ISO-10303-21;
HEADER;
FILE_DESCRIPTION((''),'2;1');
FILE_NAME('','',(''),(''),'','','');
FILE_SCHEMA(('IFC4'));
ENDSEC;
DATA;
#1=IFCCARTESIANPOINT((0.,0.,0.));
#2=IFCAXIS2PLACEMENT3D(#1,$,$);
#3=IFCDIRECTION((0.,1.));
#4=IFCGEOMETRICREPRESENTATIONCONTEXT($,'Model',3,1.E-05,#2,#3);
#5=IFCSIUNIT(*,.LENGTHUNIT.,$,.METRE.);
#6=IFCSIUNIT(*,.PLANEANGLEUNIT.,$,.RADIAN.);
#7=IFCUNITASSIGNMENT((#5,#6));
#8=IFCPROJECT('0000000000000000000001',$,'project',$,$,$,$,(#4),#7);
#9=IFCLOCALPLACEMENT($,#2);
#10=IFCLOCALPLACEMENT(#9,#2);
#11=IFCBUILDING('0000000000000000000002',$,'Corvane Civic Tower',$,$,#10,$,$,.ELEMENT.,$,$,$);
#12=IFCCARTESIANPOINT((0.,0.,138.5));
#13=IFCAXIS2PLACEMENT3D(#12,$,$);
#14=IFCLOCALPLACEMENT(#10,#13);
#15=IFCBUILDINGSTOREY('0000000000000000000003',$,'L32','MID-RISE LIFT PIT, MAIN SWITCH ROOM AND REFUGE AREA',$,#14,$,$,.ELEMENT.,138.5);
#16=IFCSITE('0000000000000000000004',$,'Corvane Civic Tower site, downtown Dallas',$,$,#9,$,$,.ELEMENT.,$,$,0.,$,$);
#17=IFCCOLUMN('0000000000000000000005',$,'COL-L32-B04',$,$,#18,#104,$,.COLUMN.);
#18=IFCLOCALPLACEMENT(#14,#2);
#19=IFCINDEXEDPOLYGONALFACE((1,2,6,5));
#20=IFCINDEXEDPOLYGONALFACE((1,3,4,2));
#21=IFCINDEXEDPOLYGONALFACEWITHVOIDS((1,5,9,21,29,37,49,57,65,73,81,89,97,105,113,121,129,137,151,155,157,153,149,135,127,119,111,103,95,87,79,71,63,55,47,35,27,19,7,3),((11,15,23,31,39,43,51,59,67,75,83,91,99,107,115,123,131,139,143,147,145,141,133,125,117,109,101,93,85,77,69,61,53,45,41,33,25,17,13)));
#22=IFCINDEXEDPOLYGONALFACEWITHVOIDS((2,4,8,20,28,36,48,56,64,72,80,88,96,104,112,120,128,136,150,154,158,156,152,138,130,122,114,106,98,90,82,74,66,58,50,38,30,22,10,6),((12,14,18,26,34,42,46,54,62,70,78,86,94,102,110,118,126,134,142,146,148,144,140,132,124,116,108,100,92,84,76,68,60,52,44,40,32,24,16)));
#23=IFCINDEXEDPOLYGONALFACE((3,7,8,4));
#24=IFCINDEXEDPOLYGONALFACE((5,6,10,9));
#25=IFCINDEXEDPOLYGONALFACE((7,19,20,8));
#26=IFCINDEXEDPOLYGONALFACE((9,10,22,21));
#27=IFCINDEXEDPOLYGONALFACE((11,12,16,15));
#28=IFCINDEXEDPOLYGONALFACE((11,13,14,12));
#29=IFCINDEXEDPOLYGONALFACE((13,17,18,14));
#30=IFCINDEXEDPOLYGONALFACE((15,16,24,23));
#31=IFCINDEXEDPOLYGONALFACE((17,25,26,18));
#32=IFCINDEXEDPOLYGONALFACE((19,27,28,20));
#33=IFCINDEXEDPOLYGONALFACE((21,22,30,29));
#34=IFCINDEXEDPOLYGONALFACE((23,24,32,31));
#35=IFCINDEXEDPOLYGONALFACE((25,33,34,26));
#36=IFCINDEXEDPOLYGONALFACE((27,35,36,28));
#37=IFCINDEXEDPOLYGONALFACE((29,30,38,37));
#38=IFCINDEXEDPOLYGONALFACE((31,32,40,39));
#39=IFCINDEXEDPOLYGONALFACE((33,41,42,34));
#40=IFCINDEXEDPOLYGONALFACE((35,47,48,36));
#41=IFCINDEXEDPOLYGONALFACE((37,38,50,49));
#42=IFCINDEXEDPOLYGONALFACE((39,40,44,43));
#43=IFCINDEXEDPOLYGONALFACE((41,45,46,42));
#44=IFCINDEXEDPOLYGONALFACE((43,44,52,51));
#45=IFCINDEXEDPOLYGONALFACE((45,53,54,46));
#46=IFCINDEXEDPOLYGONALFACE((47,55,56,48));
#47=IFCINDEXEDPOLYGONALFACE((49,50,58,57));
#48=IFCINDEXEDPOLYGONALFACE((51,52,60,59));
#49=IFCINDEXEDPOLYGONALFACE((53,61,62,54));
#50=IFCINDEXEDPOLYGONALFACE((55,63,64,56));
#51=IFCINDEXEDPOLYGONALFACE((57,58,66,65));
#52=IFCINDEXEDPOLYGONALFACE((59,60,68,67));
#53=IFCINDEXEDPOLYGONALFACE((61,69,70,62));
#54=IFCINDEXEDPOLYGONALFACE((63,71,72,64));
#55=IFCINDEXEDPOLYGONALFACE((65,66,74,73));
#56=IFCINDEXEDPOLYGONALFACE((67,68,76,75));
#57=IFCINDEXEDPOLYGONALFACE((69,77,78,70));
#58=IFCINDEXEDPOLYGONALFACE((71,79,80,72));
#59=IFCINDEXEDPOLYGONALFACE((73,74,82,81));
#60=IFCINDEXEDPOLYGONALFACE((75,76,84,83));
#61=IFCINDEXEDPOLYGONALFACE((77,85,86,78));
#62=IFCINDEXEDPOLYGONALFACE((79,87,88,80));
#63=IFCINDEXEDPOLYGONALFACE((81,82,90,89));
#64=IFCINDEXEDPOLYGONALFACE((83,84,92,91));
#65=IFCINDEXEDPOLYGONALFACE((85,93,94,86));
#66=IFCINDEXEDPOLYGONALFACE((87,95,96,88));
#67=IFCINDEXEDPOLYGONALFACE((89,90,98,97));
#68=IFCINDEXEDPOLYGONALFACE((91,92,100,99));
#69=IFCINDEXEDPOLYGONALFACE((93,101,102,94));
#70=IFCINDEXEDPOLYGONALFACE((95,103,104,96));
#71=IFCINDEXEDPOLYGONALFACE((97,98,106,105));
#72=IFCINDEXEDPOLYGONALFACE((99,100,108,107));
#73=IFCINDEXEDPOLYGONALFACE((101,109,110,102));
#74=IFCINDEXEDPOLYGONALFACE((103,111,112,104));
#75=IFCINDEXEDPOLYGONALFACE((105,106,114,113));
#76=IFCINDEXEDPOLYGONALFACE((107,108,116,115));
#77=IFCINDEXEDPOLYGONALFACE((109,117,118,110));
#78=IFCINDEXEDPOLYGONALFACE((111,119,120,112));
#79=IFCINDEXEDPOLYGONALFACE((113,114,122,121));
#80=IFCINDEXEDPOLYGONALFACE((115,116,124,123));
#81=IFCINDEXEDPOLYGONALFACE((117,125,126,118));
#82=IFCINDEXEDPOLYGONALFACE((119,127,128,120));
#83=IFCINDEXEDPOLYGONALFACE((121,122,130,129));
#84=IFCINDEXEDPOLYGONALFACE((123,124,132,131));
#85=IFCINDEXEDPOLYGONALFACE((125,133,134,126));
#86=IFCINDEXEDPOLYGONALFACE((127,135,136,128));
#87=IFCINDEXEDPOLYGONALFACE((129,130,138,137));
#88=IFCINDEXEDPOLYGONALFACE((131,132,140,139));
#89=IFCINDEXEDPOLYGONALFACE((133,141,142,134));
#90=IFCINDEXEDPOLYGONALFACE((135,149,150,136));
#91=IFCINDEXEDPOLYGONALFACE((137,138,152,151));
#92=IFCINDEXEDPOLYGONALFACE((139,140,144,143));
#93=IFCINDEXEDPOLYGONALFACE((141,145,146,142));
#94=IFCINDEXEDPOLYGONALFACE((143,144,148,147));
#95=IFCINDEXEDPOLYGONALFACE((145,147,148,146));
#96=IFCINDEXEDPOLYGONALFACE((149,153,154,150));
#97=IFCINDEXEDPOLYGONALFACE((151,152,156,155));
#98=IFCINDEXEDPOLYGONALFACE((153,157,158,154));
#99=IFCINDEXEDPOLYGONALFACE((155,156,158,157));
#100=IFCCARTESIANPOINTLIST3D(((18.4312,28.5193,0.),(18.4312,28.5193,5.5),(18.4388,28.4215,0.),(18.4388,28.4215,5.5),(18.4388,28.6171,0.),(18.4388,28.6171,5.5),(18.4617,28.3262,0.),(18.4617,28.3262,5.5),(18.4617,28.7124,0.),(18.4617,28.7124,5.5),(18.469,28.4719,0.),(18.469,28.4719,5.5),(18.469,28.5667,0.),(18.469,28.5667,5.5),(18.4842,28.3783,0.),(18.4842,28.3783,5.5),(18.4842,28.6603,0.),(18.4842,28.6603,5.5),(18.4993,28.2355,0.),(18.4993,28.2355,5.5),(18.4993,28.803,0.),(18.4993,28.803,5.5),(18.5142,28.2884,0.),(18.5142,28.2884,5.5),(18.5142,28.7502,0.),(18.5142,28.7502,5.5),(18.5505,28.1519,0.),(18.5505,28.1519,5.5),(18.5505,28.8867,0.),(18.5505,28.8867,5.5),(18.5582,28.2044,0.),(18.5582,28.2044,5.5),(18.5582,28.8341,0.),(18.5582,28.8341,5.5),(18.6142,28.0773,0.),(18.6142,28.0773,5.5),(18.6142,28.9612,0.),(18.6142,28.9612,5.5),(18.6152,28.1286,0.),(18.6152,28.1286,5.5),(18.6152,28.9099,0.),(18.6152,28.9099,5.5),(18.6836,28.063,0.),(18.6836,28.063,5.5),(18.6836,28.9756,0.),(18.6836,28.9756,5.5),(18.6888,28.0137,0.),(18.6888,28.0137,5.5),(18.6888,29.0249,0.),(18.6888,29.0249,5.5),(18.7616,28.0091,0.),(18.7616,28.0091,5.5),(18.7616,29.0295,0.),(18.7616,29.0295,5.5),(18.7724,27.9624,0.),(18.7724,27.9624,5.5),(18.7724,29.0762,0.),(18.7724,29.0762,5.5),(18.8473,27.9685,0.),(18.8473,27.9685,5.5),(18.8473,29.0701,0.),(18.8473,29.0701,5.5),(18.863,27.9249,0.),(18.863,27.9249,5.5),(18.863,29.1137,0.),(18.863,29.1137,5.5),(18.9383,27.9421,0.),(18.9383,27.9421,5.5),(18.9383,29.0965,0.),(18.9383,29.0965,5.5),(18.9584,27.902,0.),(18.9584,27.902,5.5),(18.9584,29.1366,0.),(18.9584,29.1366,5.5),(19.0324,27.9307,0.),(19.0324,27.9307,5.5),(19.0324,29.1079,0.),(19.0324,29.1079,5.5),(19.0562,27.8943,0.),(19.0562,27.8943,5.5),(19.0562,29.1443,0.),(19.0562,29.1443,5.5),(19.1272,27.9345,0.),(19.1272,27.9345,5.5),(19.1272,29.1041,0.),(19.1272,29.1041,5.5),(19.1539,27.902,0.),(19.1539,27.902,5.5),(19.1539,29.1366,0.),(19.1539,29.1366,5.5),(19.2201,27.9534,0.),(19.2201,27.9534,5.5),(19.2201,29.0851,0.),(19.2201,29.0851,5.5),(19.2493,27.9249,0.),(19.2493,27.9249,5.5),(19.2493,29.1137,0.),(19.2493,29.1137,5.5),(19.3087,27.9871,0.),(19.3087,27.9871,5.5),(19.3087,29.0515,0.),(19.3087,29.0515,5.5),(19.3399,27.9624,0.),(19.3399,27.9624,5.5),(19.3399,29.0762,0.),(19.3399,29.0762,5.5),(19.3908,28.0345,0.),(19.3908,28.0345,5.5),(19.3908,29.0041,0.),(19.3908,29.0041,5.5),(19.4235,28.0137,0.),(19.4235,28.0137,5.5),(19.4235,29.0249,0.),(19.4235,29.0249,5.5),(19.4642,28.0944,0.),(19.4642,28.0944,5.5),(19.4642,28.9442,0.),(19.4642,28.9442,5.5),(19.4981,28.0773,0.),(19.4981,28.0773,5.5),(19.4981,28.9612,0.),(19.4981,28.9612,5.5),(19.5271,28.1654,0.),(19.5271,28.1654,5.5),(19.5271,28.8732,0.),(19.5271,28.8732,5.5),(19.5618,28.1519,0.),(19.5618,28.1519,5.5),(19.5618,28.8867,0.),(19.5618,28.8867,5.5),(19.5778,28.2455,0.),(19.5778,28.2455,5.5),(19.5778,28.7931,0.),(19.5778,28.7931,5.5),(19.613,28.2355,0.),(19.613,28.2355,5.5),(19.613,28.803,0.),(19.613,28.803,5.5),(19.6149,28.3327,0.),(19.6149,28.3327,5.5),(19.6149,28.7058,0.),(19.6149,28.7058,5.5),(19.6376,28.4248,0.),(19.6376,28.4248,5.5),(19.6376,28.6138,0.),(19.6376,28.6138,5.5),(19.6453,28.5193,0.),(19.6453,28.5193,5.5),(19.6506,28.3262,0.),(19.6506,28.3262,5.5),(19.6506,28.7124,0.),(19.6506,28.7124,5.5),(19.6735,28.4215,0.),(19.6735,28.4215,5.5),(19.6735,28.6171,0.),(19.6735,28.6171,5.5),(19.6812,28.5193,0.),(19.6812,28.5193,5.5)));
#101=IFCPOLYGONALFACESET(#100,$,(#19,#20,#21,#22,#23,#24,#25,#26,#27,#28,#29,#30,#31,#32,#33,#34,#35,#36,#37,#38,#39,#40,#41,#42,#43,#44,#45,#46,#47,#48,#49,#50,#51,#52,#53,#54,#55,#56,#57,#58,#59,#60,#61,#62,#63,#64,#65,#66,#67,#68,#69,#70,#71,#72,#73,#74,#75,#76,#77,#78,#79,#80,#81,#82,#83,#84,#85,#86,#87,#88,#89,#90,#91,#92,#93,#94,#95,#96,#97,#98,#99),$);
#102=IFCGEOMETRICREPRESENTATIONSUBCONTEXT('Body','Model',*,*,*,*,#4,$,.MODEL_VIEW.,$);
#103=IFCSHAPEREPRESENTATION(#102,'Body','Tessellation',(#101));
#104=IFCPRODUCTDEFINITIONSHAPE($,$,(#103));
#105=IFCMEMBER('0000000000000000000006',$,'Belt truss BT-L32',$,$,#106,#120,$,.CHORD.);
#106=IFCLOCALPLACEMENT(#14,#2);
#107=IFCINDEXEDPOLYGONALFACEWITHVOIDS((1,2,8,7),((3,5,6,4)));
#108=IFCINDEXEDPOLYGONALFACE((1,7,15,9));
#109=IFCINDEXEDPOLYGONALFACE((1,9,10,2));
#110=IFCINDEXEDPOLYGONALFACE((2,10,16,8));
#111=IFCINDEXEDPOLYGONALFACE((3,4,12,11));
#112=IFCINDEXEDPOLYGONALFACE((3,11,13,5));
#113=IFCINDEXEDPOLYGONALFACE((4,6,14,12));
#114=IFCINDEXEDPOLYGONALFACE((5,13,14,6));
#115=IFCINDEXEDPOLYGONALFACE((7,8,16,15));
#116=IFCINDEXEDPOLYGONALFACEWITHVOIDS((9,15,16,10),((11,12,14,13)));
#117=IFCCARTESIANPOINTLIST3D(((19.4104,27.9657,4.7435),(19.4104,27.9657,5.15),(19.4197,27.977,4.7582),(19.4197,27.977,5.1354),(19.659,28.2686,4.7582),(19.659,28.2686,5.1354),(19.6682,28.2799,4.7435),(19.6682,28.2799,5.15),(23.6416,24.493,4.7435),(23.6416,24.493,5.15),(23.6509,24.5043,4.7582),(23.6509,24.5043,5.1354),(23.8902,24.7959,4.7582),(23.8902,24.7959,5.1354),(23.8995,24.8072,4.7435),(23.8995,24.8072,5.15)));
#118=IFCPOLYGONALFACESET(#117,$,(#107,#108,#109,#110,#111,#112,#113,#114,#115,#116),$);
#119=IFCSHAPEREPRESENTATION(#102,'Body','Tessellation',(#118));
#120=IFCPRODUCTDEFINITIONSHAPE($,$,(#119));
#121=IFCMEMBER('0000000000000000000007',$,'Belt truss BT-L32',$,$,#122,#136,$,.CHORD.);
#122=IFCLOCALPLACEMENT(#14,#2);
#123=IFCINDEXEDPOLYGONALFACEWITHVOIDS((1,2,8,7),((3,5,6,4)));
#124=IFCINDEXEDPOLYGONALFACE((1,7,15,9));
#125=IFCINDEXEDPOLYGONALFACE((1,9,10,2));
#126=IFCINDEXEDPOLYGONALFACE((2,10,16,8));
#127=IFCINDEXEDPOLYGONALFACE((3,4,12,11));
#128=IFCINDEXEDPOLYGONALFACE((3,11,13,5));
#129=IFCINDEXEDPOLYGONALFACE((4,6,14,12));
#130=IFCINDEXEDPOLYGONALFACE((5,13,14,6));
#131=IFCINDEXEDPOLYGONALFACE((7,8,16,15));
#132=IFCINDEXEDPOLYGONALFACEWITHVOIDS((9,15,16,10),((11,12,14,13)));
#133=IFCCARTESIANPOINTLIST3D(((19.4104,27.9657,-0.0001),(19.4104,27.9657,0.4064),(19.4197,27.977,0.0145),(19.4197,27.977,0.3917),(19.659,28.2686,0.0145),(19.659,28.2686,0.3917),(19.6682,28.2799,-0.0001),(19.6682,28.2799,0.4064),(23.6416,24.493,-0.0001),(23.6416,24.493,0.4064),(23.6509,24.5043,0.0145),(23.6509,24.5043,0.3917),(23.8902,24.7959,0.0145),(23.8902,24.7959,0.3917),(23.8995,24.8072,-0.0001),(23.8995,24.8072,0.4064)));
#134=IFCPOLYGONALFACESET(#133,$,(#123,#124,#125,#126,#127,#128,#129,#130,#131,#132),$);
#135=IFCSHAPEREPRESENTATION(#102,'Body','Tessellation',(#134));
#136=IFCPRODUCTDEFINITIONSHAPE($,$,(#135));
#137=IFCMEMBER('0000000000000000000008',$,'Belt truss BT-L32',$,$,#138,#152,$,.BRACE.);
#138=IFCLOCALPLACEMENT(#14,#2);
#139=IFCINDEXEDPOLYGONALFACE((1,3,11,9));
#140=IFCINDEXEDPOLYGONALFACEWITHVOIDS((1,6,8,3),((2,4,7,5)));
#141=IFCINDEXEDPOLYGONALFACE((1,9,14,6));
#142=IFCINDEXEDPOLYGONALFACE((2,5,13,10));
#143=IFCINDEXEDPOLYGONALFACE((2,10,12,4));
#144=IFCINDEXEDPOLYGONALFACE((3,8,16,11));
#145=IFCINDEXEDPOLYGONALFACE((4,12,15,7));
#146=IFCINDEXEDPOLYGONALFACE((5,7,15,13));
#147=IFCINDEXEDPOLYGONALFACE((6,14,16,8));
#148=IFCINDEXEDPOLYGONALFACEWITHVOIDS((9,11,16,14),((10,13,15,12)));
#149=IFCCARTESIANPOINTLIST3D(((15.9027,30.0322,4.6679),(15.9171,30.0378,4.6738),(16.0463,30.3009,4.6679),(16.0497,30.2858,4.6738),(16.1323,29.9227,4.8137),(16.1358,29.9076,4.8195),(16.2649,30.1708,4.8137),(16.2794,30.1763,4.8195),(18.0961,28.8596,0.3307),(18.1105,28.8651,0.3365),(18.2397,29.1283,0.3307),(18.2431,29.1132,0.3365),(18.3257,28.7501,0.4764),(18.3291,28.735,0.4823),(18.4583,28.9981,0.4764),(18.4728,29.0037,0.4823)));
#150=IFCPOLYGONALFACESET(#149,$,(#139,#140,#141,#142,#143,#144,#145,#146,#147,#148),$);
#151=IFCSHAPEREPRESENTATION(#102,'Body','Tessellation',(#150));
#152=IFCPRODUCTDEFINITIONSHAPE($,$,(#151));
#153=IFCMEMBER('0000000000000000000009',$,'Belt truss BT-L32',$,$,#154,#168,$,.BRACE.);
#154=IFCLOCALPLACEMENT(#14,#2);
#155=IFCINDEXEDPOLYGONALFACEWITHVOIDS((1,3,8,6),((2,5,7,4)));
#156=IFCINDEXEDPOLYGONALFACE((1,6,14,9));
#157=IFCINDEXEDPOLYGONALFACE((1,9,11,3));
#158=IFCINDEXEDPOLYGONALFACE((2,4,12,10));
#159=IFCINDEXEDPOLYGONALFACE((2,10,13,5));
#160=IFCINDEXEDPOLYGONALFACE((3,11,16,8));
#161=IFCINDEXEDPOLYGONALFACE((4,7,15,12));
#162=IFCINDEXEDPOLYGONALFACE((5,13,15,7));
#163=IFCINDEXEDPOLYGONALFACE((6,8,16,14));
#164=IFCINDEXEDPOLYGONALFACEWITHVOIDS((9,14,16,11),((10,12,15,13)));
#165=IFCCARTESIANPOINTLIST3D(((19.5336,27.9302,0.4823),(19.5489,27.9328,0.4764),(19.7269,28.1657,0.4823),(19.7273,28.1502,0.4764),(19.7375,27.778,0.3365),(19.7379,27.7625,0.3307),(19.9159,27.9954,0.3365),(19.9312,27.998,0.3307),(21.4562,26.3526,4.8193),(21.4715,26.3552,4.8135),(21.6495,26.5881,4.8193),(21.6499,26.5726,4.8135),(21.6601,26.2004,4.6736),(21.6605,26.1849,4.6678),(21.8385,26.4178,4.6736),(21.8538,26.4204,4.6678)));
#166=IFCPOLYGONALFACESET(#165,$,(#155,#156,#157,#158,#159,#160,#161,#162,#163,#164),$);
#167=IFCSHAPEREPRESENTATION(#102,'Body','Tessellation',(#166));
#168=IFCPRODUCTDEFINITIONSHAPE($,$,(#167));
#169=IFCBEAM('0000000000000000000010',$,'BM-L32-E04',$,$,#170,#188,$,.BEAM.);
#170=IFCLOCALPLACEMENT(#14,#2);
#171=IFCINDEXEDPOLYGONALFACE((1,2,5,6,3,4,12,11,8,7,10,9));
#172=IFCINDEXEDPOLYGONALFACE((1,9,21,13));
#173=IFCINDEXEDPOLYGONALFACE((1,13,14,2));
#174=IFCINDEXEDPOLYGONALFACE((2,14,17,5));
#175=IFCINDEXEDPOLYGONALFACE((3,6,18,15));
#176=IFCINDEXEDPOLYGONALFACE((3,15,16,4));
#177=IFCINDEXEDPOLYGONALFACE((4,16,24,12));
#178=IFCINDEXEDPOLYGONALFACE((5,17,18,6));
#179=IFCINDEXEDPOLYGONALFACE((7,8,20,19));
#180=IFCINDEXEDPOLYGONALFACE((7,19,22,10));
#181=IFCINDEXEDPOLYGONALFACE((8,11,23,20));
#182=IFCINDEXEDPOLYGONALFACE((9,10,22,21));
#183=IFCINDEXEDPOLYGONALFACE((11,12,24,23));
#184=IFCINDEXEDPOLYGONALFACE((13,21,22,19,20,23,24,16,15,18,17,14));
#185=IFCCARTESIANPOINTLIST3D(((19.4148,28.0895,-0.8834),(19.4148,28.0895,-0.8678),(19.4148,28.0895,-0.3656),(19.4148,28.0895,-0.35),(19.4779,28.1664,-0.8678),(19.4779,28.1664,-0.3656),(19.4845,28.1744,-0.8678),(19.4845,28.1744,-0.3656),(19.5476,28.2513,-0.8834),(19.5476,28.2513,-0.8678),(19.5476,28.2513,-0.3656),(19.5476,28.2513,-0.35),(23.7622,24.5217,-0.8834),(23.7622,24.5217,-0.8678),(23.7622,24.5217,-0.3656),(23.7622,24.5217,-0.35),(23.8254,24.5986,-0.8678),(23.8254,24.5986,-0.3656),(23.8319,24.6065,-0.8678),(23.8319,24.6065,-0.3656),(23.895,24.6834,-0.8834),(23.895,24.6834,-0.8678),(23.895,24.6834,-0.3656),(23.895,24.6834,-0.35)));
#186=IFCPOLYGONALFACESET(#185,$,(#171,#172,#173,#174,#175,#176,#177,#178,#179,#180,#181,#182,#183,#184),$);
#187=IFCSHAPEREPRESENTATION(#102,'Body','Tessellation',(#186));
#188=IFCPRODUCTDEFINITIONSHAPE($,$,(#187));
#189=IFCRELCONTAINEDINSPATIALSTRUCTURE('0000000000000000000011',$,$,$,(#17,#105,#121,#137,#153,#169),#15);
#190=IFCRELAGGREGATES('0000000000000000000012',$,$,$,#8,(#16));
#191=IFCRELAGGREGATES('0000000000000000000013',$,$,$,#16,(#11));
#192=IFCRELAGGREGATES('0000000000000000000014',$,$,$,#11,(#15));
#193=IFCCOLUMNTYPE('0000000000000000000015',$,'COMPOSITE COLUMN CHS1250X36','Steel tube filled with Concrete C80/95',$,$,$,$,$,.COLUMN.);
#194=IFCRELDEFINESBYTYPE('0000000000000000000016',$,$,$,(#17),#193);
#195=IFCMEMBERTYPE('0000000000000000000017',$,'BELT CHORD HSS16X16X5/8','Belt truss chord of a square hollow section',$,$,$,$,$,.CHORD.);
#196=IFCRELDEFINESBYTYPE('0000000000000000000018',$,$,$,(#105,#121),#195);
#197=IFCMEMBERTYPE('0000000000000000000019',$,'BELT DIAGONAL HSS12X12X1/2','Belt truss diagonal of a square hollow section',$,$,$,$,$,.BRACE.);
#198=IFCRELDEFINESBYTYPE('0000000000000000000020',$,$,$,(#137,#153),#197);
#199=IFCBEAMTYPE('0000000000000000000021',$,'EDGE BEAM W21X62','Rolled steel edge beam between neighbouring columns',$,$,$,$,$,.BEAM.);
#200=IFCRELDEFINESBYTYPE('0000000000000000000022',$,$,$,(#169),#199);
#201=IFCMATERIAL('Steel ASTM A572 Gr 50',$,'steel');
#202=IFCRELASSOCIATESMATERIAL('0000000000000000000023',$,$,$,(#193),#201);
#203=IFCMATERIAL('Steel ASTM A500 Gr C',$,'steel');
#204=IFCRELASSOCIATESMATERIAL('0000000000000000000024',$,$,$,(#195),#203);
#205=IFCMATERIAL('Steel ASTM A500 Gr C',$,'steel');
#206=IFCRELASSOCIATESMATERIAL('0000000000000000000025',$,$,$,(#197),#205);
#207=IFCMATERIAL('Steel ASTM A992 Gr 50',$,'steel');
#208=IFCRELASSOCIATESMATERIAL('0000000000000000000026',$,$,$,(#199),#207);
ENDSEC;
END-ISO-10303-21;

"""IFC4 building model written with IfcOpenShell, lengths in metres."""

from ifc_helpers import new_model, si_unit, direction, frame, origin, origin_2d, place, context, subcontext, project, spatial, hollow_rectangle, hollow_circle, i_section, extrude, material, material_profile, profile_set, type_object, element, save


model = new_model("IFC4")

# Units and contexts
model_context = context("Model", 3, precision=1e-05, world=origin(), true_north=direction((0.0, 1.0)))
body_context = subcontext(model_context, "Body", "Model", "MODEL_VIEW")
ifc_project = project(units=[si_unit("LENGTHUNIT", "METRE"), si_unit("PLANEANGLEUNIT", "RADIAN")], contexts=[model_context])

# Site, building, storey
site_placement = place(None, origin())
site = spatial("IfcSite", under=ifc_project, at=site_placement, Name="Corvane Civic Tower site, downtown Dallas", CompositionType="ELEMENT", RefElevation=0.0)
building_placement = place(site_placement, origin())
building = spatial("IfcBuilding", under=site, at=building_placement, Name="Corvane Civic Tower", CompositionType="ELEMENT")
storey_placement = place(building_placement, frame((0.0, 0.0, 138.5)))
storey = spatial("IfcBuildingStorey", under=building, at=storey_placement, Name="L32", Description="MID-RISE LIFT PIT, MAIN SWITCH ROOM AND REFUGE AREA", CompositionType="ELEMENT", Elevation=138.5)

# Column
ifc_material_1 = material(Name="Steel ASTM A572 Gr 50", Category="steel")
ifc_material_profile_1 = material_profile(ifc_material_1, hollow_circle(Radius=0.625, WallThickness=0.0359, at=origin_2d()), Name="CHS1250X36")
ifc_profile_set_1 = profile_set([ifc_material_profile_1], Name="Steel ASTM A572 Gr 50")
column_type_1 = type_object("IfcColumnType", Name="COMPOSITE COLUMN CHS1250X36", Description="Steel tube filled with Concrete C80/95", PredefinedType="COLUMN", material=ifc_profile_set_1)
column_placement = place(storey_placement, frame((19.0562, 28.5193, 0.0), z_axis=(0.0, 0.0, 1.0), x_axis=(1.0, 0.0, 0.0)))
element("IfcColumn", 1, at=column_placement, inside=storey, type_object=column_type_1, Name="COL-L32-B04", PredefinedType="COLUMN", context=body_context, shape_type="SweptSolid", body=[
    extrude(hollow_circle(Radius=0.625, WallThickness=0.0359, at=origin_2d()), origin(), (0.0, 0.0, 1.0), 5.5),
])

# Members
ifc_material_2 = material(Name="Steel ASTM A500 Gr C", Category="steel")
ifc_material_profile_2 = material_profile(ifc_material_2, hollow_rectangle(XDim=0.4065, YDim=0.4065, WallThickness=0.0146, at=origin_2d()), Name="HSS16X16X5/8")
ifc_profile_set_2 = profile_set([ifc_material_profile_2], Name="Steel ASTM A500 Gr C")
member_type_1 = type_object("IfcMemberType", Name="BELT CHORD HSS16X16X5/8", Description="Belt truss chord of a square hollow section", PredefinedType="CHORD", material=ifc_profile_set_2)
for number, where, z_axis, x_axis, name in (
    (2, (19.5393, 28.1228, 4.9468), (0.772993, -0.634415, 0.0), (0.634415, 0.772993, 0.0), "Belt truss BT-L32"),
    (3, (19.5393, 28.1228, 0.2031), (0.772993, -0.634415, 0.0), (0.634415, 0.772993, 0.0), "Belt truss BT-L32"),
):
    element("IfcMember", number, at=place(storey_placement, frame(where, z_axis=z_axis, x_axis=x_axis)), inside=storey, type_object=member_type_1, Name=name, PredefinedType="CHORD", context=body_context, shape_type="SweptSolid", body=[
        extrude(hollow_rectangle(XDim=0.4065, YDim=0.4065, WallThickness=0.0146, at=origin_2d()), origin(), (0.0, 0.0, 1.0), 5.4739),
    ])
ifc_material_3 = material(Name="Steel ASTM A500 Gr C", Category="steel")
ifc_material_profile_3 = material_profile(ifc_material_3, hollow_rectangle(XDim=0.3047, YDim=0.3047, WallThickness=0.0117, at=origin_2d()), Name="HSS12X12X1/2")
ifc_profile_set_3 = profile_set([ifc_material_profile_3], Name="Steel ASTM A500 Gr C")
member_type_2 = type_object("IfcMemberType", Name="BELT DIAGONAL HSS12X12X1/2", Description="Belt truss diagonal of a square hollow section", PredefinedType="BRACE", material=ifc_profile_set_3)
member_1_placement = place(storey_placement, frame((18.2844, 28.9316, 0.4065), z_axis=(-0.4387, 0.234537, 0.867488), x_axis=(-0.471469, -0.881882, 0.0)))
element("IfcMember", 4, at=member_1_placement, inside=storey, type_object=member_type_2, Name="Belt truss BT-L32", PredefinedType="BRACE", context=body_context, shape_type="SweptSolid", body=[
    extrude(hollow_rectangle(XDim=0.3047, YDim=0.3047, WallThickness=0.0117, at=origin_2d()), origin(), (0.0, 0.0, 1.0), 4.9998),
])
member_2_placement = place(storey_placement, frame((19.7324, 27.9641, 0.4065), z_axis=(0.38455, -0.315551, 0.867496), x_axis=(0.634344, 0.773051, 0.0)))
element("IfcMember", 5, at=member_2_placement, inside=storey, type_object=member_type_2, Name="Belt truss BT-L32", PredefinedType="BRACE", context=body_context, shape_type="SweptSolid", body=[
    extrude(hollow_rectangle(XDim=0.3047, YDim=0.3047, WallThickness=0.0117, at=origin_2d()), origin(), (0.0, 0.0, 1.0), 4.9995),
])

# Beam
ifc_material_4 = material(Name="Steel ASTM A992 Gr 50", Category="steel")
ifc_material_profile_4 = material_profile(ifc_material_4, i_section(OverallWidth=0.2092, OverallDepth=0.5334, WebThickness=0.0103, FlangeThickness=0.0156, at=origin_2d()), Name="W21X62")
ifc_profile_set_4 = profile_set([ifc_material_profile_4], Name="Steel ASTM A992 Gr 50")
beam_type = type_object("IfcBeamType", Name="EDGE BEAM W21X62", Description="Rolled steel edge beam between neighbouring columns", PredefinedType="BEAM", material=ifc_profile_set_4)
beam_placement = place(storey_placement, frame((19.4812, 28.1704, -0.6167), z_axis=(0.773007, -0.634398, 0.0), x_axis=(0.634398, 0.773007, 0.0)))
element("IfcBeam", 6, at=beam_placement, inside=storey, type_object=beam_type, Name="BM-L32-E04", PredefinedType="BEAM", context=body_context, shape_type="SweptSolid", body=[
    extrude(i_section(OverallWidth=0.2092, OverallDepth=0.5334, WebThickness=0.0103, FlangeThickness=0.0156, at=origin_2d()), origin(), (0.0, 0.0, 1.0), 5.624),
])

save(model, "model.ifc")
